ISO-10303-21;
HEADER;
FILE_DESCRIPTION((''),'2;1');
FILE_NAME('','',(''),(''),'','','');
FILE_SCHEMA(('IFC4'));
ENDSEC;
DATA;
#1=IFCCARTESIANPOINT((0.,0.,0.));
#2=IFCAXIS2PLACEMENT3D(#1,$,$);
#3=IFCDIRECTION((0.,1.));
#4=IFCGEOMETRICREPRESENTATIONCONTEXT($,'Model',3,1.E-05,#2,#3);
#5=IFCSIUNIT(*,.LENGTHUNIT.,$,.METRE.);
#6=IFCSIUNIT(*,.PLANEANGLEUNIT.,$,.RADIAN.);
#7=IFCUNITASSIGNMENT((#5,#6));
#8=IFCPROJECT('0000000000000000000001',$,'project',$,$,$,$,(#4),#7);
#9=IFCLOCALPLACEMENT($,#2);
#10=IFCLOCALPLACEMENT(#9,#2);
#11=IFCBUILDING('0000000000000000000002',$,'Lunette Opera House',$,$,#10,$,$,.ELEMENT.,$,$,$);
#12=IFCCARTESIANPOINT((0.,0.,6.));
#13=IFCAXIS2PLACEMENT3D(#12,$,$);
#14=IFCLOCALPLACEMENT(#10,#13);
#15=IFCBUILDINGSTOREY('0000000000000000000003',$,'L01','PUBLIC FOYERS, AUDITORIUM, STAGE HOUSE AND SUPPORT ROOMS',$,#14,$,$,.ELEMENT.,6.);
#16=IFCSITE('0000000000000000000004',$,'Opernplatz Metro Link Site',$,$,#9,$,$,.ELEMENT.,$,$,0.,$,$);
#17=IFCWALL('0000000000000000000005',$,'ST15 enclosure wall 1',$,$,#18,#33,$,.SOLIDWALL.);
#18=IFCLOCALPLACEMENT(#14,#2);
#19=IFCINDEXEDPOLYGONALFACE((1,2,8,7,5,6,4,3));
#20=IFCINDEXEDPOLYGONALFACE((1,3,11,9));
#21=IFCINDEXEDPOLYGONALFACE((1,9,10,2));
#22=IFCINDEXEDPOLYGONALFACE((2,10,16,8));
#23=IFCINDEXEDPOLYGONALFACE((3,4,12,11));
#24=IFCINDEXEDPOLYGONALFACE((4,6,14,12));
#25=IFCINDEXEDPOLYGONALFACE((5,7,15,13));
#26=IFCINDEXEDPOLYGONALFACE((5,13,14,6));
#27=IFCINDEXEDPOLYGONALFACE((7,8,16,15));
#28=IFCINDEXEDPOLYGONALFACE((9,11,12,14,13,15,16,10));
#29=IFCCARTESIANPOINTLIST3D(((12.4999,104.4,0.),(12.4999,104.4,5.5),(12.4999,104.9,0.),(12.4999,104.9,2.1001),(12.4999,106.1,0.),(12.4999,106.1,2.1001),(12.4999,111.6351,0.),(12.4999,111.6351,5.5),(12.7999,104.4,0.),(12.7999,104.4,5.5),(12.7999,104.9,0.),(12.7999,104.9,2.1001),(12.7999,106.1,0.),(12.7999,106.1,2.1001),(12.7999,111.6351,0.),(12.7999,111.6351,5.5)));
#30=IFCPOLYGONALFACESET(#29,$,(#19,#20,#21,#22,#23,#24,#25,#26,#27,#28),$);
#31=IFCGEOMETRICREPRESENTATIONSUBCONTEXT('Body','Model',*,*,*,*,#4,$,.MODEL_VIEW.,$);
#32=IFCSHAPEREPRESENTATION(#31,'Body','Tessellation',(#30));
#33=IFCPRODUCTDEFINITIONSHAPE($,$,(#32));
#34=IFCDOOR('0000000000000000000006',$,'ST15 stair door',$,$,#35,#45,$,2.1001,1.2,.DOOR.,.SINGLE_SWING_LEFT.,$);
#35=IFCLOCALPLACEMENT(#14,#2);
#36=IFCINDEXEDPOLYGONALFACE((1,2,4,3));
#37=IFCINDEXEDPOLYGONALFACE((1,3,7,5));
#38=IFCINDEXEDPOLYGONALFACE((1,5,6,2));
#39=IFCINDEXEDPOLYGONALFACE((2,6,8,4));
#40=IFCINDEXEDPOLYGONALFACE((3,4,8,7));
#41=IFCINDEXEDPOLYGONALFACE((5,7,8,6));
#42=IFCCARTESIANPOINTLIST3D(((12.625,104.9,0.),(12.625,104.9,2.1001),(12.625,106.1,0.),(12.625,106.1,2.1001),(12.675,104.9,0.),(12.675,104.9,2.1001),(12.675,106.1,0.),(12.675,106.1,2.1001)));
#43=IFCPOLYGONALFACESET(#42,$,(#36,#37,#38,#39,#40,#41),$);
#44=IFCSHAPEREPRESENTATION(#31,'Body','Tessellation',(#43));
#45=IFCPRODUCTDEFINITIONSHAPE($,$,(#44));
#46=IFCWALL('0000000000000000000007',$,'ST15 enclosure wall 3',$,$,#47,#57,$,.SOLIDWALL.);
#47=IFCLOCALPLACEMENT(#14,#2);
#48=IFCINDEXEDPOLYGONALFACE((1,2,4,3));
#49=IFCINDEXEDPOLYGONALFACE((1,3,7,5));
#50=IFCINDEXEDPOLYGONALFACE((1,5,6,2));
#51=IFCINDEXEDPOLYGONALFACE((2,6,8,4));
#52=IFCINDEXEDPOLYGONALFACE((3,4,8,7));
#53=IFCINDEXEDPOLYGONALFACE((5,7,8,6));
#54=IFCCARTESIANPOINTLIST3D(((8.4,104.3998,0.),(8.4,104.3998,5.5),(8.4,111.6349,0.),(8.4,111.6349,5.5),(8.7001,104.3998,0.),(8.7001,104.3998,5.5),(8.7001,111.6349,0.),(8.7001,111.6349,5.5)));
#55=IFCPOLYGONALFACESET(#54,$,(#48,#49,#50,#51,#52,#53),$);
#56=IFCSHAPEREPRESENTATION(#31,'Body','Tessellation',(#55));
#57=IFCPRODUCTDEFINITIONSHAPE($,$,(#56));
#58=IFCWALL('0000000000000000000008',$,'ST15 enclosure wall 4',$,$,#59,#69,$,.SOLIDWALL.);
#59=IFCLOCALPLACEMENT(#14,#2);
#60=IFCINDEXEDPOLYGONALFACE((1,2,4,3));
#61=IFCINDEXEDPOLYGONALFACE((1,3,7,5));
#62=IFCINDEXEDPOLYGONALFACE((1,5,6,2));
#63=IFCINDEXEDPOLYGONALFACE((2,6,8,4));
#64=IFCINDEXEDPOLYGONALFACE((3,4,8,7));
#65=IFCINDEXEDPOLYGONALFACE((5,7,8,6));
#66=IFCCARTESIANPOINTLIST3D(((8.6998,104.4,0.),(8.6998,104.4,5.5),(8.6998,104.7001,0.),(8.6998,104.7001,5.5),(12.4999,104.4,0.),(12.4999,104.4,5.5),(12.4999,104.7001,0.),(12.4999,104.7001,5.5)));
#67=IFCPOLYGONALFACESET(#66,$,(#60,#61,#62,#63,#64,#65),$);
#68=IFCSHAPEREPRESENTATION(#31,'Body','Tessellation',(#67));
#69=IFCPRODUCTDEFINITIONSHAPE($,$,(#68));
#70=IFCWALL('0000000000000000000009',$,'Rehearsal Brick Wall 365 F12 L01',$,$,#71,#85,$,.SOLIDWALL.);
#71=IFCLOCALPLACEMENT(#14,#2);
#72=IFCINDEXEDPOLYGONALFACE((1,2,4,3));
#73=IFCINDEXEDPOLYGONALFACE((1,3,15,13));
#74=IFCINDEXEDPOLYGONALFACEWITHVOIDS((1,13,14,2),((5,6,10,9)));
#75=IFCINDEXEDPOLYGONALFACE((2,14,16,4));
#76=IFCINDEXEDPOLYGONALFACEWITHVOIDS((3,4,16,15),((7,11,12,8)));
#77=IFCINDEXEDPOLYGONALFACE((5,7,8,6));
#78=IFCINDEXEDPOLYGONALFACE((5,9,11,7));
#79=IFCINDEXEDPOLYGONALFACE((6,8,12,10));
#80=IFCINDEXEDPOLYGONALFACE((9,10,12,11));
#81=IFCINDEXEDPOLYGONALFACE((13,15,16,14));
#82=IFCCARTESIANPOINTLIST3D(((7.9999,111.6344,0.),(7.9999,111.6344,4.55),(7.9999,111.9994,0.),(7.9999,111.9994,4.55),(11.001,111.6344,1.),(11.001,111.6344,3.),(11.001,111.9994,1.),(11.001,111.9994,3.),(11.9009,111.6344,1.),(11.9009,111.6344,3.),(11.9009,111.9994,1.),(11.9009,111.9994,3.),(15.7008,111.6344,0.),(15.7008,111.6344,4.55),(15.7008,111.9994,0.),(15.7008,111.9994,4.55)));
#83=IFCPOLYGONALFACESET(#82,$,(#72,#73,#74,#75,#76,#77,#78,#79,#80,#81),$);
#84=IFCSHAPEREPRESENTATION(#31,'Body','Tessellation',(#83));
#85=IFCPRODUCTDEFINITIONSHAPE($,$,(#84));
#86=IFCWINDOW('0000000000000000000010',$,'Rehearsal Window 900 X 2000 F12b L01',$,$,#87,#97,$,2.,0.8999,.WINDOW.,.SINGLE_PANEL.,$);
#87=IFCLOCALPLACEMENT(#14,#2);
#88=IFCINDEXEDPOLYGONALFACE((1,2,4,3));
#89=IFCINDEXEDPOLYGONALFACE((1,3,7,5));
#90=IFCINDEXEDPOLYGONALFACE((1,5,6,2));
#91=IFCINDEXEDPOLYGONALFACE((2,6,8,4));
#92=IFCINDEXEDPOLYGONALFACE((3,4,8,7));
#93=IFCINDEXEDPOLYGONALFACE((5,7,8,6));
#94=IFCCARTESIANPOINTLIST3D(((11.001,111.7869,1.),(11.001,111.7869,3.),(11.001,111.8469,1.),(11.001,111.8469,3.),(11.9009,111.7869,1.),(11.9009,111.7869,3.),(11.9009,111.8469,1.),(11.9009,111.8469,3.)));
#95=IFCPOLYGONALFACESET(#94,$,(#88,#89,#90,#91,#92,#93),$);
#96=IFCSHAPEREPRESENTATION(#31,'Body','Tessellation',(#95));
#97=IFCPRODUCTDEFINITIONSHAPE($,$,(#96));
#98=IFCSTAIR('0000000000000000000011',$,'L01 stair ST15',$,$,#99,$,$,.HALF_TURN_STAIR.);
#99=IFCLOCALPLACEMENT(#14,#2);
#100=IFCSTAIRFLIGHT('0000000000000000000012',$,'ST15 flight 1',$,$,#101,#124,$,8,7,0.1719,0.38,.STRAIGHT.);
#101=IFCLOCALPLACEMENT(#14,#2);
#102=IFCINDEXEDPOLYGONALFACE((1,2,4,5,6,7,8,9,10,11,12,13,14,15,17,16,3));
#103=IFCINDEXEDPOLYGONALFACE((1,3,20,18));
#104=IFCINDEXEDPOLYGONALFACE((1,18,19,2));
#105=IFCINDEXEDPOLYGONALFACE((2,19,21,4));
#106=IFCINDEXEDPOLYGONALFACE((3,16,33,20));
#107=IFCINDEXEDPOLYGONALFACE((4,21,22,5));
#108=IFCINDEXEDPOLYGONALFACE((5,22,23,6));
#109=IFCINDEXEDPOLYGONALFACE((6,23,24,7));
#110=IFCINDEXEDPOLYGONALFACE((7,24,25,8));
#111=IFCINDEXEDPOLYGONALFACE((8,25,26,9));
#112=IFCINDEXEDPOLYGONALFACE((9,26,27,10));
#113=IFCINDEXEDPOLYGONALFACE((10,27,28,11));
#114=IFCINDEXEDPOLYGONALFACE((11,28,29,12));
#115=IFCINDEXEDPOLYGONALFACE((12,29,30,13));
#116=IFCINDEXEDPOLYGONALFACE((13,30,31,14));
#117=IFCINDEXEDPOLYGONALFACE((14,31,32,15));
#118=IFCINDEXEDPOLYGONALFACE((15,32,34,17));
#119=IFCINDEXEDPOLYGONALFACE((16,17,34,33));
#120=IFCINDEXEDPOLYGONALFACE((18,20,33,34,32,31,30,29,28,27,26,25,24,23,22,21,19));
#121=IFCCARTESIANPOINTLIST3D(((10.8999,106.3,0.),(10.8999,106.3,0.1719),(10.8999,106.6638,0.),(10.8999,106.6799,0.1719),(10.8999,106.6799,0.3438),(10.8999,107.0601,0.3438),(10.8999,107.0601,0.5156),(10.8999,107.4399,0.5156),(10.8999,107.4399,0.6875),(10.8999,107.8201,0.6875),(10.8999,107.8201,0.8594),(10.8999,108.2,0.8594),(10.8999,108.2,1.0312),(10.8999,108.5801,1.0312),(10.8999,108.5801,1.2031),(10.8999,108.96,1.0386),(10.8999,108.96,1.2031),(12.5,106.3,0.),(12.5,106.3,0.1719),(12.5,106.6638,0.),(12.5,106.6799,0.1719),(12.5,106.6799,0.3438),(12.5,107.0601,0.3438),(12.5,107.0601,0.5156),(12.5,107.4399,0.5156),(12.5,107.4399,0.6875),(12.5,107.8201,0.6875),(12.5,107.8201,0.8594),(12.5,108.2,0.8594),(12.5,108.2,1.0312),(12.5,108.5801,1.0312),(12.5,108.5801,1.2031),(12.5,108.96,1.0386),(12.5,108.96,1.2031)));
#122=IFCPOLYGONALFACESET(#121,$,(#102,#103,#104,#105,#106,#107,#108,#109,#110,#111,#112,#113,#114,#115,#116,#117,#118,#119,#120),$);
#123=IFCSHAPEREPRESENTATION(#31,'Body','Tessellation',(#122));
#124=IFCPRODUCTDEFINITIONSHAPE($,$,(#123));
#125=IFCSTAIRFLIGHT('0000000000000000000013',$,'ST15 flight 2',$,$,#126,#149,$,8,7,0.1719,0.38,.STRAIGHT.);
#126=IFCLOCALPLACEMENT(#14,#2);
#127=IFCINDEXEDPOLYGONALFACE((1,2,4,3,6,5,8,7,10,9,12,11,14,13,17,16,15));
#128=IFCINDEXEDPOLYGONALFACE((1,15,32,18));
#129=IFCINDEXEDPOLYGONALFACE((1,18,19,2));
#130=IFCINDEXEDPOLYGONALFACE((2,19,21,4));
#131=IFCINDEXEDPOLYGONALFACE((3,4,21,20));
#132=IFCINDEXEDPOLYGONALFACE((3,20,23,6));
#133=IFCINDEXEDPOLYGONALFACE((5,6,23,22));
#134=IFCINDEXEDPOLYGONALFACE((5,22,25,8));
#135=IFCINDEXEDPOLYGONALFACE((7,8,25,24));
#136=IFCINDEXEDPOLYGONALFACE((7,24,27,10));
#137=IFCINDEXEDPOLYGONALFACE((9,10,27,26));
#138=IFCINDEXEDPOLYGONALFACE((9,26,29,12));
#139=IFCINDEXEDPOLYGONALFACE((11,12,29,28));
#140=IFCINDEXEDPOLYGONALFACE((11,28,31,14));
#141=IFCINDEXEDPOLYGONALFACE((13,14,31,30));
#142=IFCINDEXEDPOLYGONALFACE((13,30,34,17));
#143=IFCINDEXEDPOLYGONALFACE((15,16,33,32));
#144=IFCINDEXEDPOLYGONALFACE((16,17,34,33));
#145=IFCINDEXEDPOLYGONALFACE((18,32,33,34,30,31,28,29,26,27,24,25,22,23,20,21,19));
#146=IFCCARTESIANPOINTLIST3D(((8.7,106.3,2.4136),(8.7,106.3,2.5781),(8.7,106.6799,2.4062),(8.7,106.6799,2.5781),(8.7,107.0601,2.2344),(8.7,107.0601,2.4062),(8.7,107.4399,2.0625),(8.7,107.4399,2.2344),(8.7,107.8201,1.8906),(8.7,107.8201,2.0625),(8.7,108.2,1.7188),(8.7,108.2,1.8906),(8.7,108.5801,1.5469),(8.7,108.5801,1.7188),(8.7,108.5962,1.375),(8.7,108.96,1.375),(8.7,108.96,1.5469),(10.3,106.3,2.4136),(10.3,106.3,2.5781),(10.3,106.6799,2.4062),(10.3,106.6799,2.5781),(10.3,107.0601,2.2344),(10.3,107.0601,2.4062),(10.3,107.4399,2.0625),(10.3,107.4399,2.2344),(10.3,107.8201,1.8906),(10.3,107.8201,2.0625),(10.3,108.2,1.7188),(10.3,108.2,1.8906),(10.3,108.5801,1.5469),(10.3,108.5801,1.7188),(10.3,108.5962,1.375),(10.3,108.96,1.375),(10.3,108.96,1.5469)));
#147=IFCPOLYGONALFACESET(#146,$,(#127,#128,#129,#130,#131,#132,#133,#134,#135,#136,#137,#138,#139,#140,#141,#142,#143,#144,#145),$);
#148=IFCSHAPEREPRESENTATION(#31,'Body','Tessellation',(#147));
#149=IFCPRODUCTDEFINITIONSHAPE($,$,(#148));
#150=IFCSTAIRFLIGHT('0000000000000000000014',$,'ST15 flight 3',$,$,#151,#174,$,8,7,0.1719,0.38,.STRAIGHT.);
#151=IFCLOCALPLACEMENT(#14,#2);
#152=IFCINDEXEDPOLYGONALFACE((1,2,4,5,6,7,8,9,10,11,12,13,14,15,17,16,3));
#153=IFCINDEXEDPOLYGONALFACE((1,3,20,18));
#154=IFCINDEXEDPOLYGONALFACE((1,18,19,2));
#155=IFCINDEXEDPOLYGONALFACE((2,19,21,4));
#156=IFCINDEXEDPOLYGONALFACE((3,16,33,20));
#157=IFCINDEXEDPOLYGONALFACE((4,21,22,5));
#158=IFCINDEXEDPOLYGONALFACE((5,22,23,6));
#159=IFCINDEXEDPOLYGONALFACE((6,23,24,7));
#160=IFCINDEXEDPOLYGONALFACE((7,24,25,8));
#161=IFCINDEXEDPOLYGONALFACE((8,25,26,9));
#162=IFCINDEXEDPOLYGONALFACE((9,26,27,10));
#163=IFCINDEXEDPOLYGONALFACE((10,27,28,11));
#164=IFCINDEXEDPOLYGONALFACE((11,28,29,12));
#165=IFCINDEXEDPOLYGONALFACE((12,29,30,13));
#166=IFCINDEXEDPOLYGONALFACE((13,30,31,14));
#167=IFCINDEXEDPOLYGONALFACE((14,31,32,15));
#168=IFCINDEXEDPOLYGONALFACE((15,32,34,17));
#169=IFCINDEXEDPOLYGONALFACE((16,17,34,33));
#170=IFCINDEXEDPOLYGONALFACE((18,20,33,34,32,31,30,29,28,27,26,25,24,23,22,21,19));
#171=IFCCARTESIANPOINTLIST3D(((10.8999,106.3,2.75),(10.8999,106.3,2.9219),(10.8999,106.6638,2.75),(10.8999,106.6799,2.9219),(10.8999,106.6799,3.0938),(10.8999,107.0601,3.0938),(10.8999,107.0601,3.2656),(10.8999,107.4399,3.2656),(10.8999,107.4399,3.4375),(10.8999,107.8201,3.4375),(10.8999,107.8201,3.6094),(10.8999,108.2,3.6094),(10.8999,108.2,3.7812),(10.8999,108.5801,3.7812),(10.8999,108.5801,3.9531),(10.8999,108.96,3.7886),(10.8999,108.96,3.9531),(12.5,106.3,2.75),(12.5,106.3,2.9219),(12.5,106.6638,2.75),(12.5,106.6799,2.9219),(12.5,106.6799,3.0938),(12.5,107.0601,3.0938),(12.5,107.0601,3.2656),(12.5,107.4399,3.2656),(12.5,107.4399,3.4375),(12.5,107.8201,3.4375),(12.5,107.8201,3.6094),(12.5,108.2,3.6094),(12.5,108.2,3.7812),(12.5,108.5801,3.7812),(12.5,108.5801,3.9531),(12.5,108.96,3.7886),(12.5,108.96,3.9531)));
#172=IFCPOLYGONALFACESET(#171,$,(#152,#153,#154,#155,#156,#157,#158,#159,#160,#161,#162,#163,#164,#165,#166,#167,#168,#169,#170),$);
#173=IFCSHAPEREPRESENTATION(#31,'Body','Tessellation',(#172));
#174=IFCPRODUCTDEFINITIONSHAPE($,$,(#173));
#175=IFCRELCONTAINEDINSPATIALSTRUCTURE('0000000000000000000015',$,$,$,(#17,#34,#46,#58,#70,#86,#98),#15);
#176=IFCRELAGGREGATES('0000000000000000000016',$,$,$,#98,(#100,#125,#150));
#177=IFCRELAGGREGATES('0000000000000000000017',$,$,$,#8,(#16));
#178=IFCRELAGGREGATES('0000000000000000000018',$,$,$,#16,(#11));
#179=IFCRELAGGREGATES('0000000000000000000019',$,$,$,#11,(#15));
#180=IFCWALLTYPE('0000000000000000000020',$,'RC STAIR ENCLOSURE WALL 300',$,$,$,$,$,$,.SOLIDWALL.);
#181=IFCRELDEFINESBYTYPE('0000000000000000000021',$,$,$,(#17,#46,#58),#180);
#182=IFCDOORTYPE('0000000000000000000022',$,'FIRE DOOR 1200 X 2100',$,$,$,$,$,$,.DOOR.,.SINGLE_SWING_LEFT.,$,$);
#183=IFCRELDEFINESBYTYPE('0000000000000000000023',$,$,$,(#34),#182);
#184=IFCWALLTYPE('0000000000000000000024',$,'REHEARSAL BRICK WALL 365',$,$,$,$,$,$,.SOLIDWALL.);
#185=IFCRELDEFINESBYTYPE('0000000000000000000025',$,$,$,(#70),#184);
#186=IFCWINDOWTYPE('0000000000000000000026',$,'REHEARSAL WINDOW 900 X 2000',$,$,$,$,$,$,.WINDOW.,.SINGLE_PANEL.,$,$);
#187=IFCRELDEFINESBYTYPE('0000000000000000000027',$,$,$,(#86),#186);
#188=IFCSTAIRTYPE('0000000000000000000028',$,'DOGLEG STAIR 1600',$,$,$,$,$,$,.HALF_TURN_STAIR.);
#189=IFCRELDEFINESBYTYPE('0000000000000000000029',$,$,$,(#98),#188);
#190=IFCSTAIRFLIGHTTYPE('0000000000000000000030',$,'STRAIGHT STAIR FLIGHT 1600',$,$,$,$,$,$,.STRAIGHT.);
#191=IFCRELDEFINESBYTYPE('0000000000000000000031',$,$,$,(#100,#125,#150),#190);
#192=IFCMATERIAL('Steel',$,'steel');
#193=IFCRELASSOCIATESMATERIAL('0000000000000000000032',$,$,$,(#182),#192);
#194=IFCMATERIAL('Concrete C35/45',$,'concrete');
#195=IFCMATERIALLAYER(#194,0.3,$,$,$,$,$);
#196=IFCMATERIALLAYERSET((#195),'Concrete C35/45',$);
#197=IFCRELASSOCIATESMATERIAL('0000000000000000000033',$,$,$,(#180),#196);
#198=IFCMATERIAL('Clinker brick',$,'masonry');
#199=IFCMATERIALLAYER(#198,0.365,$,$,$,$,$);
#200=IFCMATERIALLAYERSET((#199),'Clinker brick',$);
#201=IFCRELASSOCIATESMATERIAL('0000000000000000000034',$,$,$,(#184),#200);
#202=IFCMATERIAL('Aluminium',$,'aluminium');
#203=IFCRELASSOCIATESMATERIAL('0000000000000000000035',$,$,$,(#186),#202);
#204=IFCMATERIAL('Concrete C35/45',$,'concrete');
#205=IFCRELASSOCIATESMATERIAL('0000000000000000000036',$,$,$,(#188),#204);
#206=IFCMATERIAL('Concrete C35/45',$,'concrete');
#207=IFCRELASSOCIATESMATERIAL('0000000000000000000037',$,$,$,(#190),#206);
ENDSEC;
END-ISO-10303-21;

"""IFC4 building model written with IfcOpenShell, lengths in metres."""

from ifc_helpers import new_model, si_unit, direction, frame, frame_2d, origin, place, context, subcontext, project, spatial, polyline, rectangle, outline, extrude, material, layer, layer_set, type_object, element, fill, aggregate, save


model = new_model("IFC4")

# Units and contexts
model_context = context("Model", 3, precision=1e-05, world=origin(), true_north=direction((0.0, 1.0)))
body_context = subcontext(model_context, "Body", "Model", "MODEL_VIEW")
ifc_project = project(units=[si_unit("LENGTHUNIT", "METRE"), si_unit("PLANEANGLEUNIT", "RADIAN")], contexts=[model_context])

# Site, building, storey
site_placement = place(None, origin())
site = spatial("IfcSite", under=ifc_project, at=site_placement, Name="Opernplatz Metro Link Site", CompositionType="ELEMENT", RefElevation=0.0)
building_placement = place(site_placement, origin())
building = spatial("IfcBuilding", under=site, at=building_placement, Name="Lunette Opera House", CompositionType="ELEMENT")
storey_placement = place(building_placement, frame((0.0, 0.0, 6.0)))
storey = spatial("IfcBuildingStorey", under=building, at=storey_placement, Name="L01", Description="PUBLIC FOYERS, AUDITORIUM, STAGE HOUSE AND SUPPORT ROOMS", CompositionType="ELEMENT", Elevation=6.0)

# Shared definitions
ifc_material_1 = material(Name="Steel", Category="steel")
door_type = type_object("IfcDoorType", Name="FIRE DOOR 1200 X 2100", OperationType="SINGLE_SWING_LEFT", PredefinedType="DOOR", material=ifc_material_1)

# Wall, opening, door
ifc_material_2 = material(Name="Concrete C35/45", Category="concrete")
ifc_layer_1 = layer(ifc_material_2, 0.3)
ifc_layer_set_1 = layer_set([ifc_layer_1], Name="Concrete C35/45")
wall_type_1 = type_object("IfcWallType", Name="RC STAIR ENCLOSURE WALL 300", PredefinedType="SOLIDWALL", material=ifc_layer_set_1)
wall_1_placement = place(storey_placement, frame((12.6499, 104.3999, 0.0), z_axis=(0.0, 0.0, 1.0), x_axis=(0.0, 1.0, 0.0)))
wall_1 = element("IfcWall", 1, at=wall_1_placement, inside=storey, type_object=wall_type_1, Name="ST15 enclosure wall 1", PredefinedType="SOLIDWALL", context=body_context, shape_type="SweptSolid", body=[
    extrude(rectangle(XDim=7.2351, YDim=0.3, at=frame_2d((3.6177, 0.0))), origin(), (0.0, 0.0, 1.0), 5.5),
])
opening_1_placement = place(wall_1_placement, frame((0.5, 0.0, 0.0)))
opening_1 = element("IfcOpeningElement", 2, at=opening_1_placement, cuts=wall_1, PredefinedType="OPENING", context=body_context, shape_type="SweptSolid", body=[
    extrude(rectangle(XDim=1.2, YDim=2.1001, at=frame_2d((0.6001, 1.05))), frame((0.0, 0.1621, 0.0), z_axis=(0.0, -1.0, 0.0), x_axis=(1.0, 0.0, 0.0)), (0.0, 0.0, 1.0), 0.324),
])
door_1_placement = place(opening_1_placement, origin())
door_1 = element("IfcDoor", 3, at=door_1_placement, inside=storey, type_object=door_type, Name="ST15 stair door", OperationType="SINGLE_SWING_LEFT", OverallHeight=2.1001, OverallWidth=1.2, PredefinedType="DOOR", context=body_context, shape_type="SweptSolid", body=[
    extrude(rectangle(XDim=1.2, YDim=2.1001, at=frame_2d((0.6001, 1.05))), frame((0.0, 0.0249, 0.0), z_axis=(0.0, -1.0, 0.0), x_axis=(1.0, 0.0, 0.0)), (0.0, 0.0, 1.0), 0.05),
])
fill(opening_1, door_1)

# Walls
wall_2_placement = place(storey_placement, frame((8.55, 111.635, 0.0), z_axis=(0.0, 0.0, 1.0), x_axis=(0.0, -1.0, 0.0)))
element("IfcWall", 4, at=wall_2_placement, inside=storey, type_object=wall_type_1, Name="ST15 enclosure wall 3", PredefinedType="SOLIDWALL", context=body_context, shape_type="SweptSolid", body=[
    extrude(rectangle(XDim=7.2351, YDim=0.3, at=frame_2d((3.6177, 0.0))), origin(), (0.0, 0.0, 1.0), 5.5),
])
wall_3_placement = place(storey_placement, frame((8.7, 104.55, 0.0), z_axis=(0.0, 0.0, 1.0), x_axis=(1.0, 0.0, 0.0)))
element("IfcWall", 5, at=wall_3_placement, inside=storey, type_object=wall_type_1, Name="ST15 enclosure wall 4", PredefinedType="SOLIDWALL", context=body_context, shape_type="SweptSolid", body=[
    extrude(rectangle(XDim=3.8, YDim=0.3, at=frame_2d((1.8999, 0.0))), origin(), (0.0, 0.0, 1.0), 5.5),
])

# Wall, opening, window
ifc_material_3 = material(Name="Clinker brick", Category="masonry")
ifc_layer_2 = layer(ifc_material_3, 0.365)
ifc_layer_set_2 = layer_set([ifc_layer_2], Name="Clinker brick")
wall_type_2 = type_object("IfcWallType", Name="REHEARSAL BRICK WALL 365", PredefinedType="SOLIDWALL", material=ifc_layer_set_2)
wall_4_placement = place(storey_placement, frame((15.7009, 111.8169, 0.0), z_axis=(0.0, 0.0, 1.0), x_axis=(-1.0, 0.0, 0.0)))
wall_4 = element("IfcWall", 6, at=wall_4_placement, inside=storey, type_object=wall_type_2, Name="Rehearsal Brick Wall 365 F12 L01", PredefinedType="SOLIDWALL", context=body_context, shape_type="SweptSolid", body=[
    extrude(rectangle(XDim=7.7009, YDim=0.365, at=frame_2d((3.8506, 0.0))), origin(), (0.0, 0.0, 1.0), 4.55),
])
opening_2_placement = place(wall_4_placement, frame((3.8, 0.0, 1.0)))
opening_2 = element("IfcOpeningElement", 7, at=opening_2_placement, cuts=wall_4, PredefinedType="OPENING", context=body_context, shape_type="SweptSolid", body=[
    extrude(rectangle(XDim=0.8999, YDim=2.0, at=frame_2d((0.45, 1.0))), frame((0.0, 0.1946, 0.0), z_axis=(0.0, -1.0, 0.0), x_axis=(1.0, 0.0, 0.0)), (0.0, 0.0, 1.0), 0.3889),
])
ifc_material_4 = material(Name="Aluminium", Category="aluminium")
window_type = type_object("IfcWindowType", Name="REHEARSAL WINDOW 900 X 2000", PartitioningType="SINGLE_PANEL", PredefinedType="WINDOW", material=ifc_material_4)
window_placement = place(opening_2_placement, origin())
window = element("IfcWindow", 8, at=window_placement, inside=storey, type_object=window_type, Name="Rehearsal Window 900 X 2000 F12b L01", OverallHeight=2.0, OverallWidth=0.8999, PartitioningType="SINGLE_PANEL", PredefinedType="WINDOW", context=body_context, shape_type="SweptSolid", body=[
    extrude(rectangle(XDim=0.8999, YDim=2.0, at=frame_2d((0.45, 1.0))), frame((0.0, 0.03, 0.0), z_axis=(0.0, -1.0, 0.0), x_axis=(1.0, 0.0, 0.0)), (0.0, 0.0, 1.0), 0.0601),
])
fill(opening_2, window)

# Stair, stair flights
ifc_material_5 = material(Name="Concrete C35/45", Category="concrete")
stair_type = type_object("IfcStairType", Name="DOGLEG STAIR 1600", PredefinedType="HALF_TURN_STAIR", material=ifc_material_5)
stair_placement = place(storey_placement, origin())
stair = element("IfcStair", 9, at=stair_placement, inside=storey, type_object=stair_type, Name="L01 stair ST15", PredefinedType="HALF_TURN_STAIR")
ifc_material_6 = material(Name="Concrete C35/45", Category="concrete")
stair_flight_type = type_object("IfcStairFlightType", Name="STRAIGHT STAIR FLIGHT 1600", PredefinedType="STRAIGHT", material=ifc_material_6)
stair_flight_1_placement = place(storey_placement, frame((11.7, 106.3, 0.0), z_axis=(0.0, 0.0, 1.0), x_axis=(0.0, 1.0, 0.0)))
stair_flight_1 = element("IfcStairFlight", 10, at=stair_flight_1_placement, type_object=stair_flight_type, Name="ST15 flight 1", NumberOfRisers=8, NumberOfTreads=7, PredefinedType="STRAIGHT", RiserHeight=0.1719, TreadLength=0.38, context=body_context, shape_type="SweptSolid", body=[
    extrude(outline(polyline([(0.0, 0.0), (0.0, 0.1719), (0.3799, 0.1719), (0.3799, 0.3438), (0.76, 0.3438), (0.76, 0.5156), (1.1399, 0.5156), (1.1399, 0.6875), (1.52, 0.6875), (1.52, 0.8594), (1.8999, 0.8594), (1.8999, 1.0312), (2.28, 1.0312), (2.28, 1.2031), (2.6599, 1.2031), (2.6599, 1.375), (2.6599, 1.0386), (0.3638, 0.0), (0.0, 0.0)])), frame((0.0, 0.8, 0.0), z_axis=(0.0, -1.0, 0.0), x_axis=(1.0, 0.0, 0.0)), (0.0, 0.0, 1.0), 1.6001),
])
stair_flight_2_placement = place(storey_placement, frame((9.5, 108.96, 1.375), z_axis=(0.0, 0.0, 1.0), x_axis=(0.0, -1.0, 0.0)))
stair_flight_2 = element("IfcStairFlight", 11, at=stair_flight_2_placement, type_object=stair_flight_type, Name="ST15 flight 2", NumberOfRisers=8, NumberOfTreads=7, PredefinedType="STRAIGHT", RiserHeight=0.1719, TreadLength=0.38, context=body_context, shape_type="SweptSolid", body=[
    extrude(outline(polyline([(0.0, 0.0), (0.0, 0.1719), (0.3799, 0.1719), (0.3799, 0.3438), (0.76, 0.3438), (0.76, 0.5156), (1.1399, 0.5156), (1.1399, 0.6875), (1.52, 0.6875), (1.52, 0.8594), (1.8999, 0.8594), (1.8999, 1.0312), (2.28, 1.0312), (2.28, 1.2031), (2.6599, 1.2031), (2.6599, 1.375), (2.6599, 1.0386), (0.3638, 0.0), (0.0, 0.0)])), frame((0.0, 0.8, 0.0), z_axis=(0.0, -1.0, 0.0), x_axis=(1.0, 0.0, 0.0)), (0.0, 0.0, 1.0), 1.6001),
])
stair_flight_3_placement = place(storey_placement, frame((11.7, 106.3, 2.75), z_axis=(0.0, 0.0, 1.0), x_axis=(0.0, 1.0, 0.0)))
stair_flight_3 = element("IfcStairFlight", 12, at=stair_flight_3_placement, type_object=stair_flight_type, Name="ST15 flight 3", NumberOfRisers=8, NumberOfTreads=7, PredefinedType="STRAIGHT", RiserHeight=0.1719, TreadLength=0.38, context=body_context, shape_type="SweptSolid", body=[
    extrude(outline(polyline([(0.0, 0.0), (0.0, 0.1719), (0.3799, 0.1719), (0.3799, 0.3438), (0.76, 0.3438), (0.76, 0.5156), (1.1399, 0.5156), (1.1399, 0.6875), (1.52, 0.6875), (1.52, 0.8594), (1.8999, 0.8594), (1.8999, 1.0312), (2.28, 1.0312), (2.28, 1.2031), (2.6599, 1.2031), (2.6599, 1.375), (2.6599, 1.0386), (0.3638, 0.0), (0.0, 0.0)])), frame((0.0, 0.8, 0.0), z_axis=(0.0, -1.0, 0.0), x_axis=(1.0, 0.0, 0.0)), (0.0, 0.0, 1.0), 1.6001),
])
aggregate(stair, [stair_flight_1, stair_flight_2, stair_flight_3])

save(model, "model.ifc")
